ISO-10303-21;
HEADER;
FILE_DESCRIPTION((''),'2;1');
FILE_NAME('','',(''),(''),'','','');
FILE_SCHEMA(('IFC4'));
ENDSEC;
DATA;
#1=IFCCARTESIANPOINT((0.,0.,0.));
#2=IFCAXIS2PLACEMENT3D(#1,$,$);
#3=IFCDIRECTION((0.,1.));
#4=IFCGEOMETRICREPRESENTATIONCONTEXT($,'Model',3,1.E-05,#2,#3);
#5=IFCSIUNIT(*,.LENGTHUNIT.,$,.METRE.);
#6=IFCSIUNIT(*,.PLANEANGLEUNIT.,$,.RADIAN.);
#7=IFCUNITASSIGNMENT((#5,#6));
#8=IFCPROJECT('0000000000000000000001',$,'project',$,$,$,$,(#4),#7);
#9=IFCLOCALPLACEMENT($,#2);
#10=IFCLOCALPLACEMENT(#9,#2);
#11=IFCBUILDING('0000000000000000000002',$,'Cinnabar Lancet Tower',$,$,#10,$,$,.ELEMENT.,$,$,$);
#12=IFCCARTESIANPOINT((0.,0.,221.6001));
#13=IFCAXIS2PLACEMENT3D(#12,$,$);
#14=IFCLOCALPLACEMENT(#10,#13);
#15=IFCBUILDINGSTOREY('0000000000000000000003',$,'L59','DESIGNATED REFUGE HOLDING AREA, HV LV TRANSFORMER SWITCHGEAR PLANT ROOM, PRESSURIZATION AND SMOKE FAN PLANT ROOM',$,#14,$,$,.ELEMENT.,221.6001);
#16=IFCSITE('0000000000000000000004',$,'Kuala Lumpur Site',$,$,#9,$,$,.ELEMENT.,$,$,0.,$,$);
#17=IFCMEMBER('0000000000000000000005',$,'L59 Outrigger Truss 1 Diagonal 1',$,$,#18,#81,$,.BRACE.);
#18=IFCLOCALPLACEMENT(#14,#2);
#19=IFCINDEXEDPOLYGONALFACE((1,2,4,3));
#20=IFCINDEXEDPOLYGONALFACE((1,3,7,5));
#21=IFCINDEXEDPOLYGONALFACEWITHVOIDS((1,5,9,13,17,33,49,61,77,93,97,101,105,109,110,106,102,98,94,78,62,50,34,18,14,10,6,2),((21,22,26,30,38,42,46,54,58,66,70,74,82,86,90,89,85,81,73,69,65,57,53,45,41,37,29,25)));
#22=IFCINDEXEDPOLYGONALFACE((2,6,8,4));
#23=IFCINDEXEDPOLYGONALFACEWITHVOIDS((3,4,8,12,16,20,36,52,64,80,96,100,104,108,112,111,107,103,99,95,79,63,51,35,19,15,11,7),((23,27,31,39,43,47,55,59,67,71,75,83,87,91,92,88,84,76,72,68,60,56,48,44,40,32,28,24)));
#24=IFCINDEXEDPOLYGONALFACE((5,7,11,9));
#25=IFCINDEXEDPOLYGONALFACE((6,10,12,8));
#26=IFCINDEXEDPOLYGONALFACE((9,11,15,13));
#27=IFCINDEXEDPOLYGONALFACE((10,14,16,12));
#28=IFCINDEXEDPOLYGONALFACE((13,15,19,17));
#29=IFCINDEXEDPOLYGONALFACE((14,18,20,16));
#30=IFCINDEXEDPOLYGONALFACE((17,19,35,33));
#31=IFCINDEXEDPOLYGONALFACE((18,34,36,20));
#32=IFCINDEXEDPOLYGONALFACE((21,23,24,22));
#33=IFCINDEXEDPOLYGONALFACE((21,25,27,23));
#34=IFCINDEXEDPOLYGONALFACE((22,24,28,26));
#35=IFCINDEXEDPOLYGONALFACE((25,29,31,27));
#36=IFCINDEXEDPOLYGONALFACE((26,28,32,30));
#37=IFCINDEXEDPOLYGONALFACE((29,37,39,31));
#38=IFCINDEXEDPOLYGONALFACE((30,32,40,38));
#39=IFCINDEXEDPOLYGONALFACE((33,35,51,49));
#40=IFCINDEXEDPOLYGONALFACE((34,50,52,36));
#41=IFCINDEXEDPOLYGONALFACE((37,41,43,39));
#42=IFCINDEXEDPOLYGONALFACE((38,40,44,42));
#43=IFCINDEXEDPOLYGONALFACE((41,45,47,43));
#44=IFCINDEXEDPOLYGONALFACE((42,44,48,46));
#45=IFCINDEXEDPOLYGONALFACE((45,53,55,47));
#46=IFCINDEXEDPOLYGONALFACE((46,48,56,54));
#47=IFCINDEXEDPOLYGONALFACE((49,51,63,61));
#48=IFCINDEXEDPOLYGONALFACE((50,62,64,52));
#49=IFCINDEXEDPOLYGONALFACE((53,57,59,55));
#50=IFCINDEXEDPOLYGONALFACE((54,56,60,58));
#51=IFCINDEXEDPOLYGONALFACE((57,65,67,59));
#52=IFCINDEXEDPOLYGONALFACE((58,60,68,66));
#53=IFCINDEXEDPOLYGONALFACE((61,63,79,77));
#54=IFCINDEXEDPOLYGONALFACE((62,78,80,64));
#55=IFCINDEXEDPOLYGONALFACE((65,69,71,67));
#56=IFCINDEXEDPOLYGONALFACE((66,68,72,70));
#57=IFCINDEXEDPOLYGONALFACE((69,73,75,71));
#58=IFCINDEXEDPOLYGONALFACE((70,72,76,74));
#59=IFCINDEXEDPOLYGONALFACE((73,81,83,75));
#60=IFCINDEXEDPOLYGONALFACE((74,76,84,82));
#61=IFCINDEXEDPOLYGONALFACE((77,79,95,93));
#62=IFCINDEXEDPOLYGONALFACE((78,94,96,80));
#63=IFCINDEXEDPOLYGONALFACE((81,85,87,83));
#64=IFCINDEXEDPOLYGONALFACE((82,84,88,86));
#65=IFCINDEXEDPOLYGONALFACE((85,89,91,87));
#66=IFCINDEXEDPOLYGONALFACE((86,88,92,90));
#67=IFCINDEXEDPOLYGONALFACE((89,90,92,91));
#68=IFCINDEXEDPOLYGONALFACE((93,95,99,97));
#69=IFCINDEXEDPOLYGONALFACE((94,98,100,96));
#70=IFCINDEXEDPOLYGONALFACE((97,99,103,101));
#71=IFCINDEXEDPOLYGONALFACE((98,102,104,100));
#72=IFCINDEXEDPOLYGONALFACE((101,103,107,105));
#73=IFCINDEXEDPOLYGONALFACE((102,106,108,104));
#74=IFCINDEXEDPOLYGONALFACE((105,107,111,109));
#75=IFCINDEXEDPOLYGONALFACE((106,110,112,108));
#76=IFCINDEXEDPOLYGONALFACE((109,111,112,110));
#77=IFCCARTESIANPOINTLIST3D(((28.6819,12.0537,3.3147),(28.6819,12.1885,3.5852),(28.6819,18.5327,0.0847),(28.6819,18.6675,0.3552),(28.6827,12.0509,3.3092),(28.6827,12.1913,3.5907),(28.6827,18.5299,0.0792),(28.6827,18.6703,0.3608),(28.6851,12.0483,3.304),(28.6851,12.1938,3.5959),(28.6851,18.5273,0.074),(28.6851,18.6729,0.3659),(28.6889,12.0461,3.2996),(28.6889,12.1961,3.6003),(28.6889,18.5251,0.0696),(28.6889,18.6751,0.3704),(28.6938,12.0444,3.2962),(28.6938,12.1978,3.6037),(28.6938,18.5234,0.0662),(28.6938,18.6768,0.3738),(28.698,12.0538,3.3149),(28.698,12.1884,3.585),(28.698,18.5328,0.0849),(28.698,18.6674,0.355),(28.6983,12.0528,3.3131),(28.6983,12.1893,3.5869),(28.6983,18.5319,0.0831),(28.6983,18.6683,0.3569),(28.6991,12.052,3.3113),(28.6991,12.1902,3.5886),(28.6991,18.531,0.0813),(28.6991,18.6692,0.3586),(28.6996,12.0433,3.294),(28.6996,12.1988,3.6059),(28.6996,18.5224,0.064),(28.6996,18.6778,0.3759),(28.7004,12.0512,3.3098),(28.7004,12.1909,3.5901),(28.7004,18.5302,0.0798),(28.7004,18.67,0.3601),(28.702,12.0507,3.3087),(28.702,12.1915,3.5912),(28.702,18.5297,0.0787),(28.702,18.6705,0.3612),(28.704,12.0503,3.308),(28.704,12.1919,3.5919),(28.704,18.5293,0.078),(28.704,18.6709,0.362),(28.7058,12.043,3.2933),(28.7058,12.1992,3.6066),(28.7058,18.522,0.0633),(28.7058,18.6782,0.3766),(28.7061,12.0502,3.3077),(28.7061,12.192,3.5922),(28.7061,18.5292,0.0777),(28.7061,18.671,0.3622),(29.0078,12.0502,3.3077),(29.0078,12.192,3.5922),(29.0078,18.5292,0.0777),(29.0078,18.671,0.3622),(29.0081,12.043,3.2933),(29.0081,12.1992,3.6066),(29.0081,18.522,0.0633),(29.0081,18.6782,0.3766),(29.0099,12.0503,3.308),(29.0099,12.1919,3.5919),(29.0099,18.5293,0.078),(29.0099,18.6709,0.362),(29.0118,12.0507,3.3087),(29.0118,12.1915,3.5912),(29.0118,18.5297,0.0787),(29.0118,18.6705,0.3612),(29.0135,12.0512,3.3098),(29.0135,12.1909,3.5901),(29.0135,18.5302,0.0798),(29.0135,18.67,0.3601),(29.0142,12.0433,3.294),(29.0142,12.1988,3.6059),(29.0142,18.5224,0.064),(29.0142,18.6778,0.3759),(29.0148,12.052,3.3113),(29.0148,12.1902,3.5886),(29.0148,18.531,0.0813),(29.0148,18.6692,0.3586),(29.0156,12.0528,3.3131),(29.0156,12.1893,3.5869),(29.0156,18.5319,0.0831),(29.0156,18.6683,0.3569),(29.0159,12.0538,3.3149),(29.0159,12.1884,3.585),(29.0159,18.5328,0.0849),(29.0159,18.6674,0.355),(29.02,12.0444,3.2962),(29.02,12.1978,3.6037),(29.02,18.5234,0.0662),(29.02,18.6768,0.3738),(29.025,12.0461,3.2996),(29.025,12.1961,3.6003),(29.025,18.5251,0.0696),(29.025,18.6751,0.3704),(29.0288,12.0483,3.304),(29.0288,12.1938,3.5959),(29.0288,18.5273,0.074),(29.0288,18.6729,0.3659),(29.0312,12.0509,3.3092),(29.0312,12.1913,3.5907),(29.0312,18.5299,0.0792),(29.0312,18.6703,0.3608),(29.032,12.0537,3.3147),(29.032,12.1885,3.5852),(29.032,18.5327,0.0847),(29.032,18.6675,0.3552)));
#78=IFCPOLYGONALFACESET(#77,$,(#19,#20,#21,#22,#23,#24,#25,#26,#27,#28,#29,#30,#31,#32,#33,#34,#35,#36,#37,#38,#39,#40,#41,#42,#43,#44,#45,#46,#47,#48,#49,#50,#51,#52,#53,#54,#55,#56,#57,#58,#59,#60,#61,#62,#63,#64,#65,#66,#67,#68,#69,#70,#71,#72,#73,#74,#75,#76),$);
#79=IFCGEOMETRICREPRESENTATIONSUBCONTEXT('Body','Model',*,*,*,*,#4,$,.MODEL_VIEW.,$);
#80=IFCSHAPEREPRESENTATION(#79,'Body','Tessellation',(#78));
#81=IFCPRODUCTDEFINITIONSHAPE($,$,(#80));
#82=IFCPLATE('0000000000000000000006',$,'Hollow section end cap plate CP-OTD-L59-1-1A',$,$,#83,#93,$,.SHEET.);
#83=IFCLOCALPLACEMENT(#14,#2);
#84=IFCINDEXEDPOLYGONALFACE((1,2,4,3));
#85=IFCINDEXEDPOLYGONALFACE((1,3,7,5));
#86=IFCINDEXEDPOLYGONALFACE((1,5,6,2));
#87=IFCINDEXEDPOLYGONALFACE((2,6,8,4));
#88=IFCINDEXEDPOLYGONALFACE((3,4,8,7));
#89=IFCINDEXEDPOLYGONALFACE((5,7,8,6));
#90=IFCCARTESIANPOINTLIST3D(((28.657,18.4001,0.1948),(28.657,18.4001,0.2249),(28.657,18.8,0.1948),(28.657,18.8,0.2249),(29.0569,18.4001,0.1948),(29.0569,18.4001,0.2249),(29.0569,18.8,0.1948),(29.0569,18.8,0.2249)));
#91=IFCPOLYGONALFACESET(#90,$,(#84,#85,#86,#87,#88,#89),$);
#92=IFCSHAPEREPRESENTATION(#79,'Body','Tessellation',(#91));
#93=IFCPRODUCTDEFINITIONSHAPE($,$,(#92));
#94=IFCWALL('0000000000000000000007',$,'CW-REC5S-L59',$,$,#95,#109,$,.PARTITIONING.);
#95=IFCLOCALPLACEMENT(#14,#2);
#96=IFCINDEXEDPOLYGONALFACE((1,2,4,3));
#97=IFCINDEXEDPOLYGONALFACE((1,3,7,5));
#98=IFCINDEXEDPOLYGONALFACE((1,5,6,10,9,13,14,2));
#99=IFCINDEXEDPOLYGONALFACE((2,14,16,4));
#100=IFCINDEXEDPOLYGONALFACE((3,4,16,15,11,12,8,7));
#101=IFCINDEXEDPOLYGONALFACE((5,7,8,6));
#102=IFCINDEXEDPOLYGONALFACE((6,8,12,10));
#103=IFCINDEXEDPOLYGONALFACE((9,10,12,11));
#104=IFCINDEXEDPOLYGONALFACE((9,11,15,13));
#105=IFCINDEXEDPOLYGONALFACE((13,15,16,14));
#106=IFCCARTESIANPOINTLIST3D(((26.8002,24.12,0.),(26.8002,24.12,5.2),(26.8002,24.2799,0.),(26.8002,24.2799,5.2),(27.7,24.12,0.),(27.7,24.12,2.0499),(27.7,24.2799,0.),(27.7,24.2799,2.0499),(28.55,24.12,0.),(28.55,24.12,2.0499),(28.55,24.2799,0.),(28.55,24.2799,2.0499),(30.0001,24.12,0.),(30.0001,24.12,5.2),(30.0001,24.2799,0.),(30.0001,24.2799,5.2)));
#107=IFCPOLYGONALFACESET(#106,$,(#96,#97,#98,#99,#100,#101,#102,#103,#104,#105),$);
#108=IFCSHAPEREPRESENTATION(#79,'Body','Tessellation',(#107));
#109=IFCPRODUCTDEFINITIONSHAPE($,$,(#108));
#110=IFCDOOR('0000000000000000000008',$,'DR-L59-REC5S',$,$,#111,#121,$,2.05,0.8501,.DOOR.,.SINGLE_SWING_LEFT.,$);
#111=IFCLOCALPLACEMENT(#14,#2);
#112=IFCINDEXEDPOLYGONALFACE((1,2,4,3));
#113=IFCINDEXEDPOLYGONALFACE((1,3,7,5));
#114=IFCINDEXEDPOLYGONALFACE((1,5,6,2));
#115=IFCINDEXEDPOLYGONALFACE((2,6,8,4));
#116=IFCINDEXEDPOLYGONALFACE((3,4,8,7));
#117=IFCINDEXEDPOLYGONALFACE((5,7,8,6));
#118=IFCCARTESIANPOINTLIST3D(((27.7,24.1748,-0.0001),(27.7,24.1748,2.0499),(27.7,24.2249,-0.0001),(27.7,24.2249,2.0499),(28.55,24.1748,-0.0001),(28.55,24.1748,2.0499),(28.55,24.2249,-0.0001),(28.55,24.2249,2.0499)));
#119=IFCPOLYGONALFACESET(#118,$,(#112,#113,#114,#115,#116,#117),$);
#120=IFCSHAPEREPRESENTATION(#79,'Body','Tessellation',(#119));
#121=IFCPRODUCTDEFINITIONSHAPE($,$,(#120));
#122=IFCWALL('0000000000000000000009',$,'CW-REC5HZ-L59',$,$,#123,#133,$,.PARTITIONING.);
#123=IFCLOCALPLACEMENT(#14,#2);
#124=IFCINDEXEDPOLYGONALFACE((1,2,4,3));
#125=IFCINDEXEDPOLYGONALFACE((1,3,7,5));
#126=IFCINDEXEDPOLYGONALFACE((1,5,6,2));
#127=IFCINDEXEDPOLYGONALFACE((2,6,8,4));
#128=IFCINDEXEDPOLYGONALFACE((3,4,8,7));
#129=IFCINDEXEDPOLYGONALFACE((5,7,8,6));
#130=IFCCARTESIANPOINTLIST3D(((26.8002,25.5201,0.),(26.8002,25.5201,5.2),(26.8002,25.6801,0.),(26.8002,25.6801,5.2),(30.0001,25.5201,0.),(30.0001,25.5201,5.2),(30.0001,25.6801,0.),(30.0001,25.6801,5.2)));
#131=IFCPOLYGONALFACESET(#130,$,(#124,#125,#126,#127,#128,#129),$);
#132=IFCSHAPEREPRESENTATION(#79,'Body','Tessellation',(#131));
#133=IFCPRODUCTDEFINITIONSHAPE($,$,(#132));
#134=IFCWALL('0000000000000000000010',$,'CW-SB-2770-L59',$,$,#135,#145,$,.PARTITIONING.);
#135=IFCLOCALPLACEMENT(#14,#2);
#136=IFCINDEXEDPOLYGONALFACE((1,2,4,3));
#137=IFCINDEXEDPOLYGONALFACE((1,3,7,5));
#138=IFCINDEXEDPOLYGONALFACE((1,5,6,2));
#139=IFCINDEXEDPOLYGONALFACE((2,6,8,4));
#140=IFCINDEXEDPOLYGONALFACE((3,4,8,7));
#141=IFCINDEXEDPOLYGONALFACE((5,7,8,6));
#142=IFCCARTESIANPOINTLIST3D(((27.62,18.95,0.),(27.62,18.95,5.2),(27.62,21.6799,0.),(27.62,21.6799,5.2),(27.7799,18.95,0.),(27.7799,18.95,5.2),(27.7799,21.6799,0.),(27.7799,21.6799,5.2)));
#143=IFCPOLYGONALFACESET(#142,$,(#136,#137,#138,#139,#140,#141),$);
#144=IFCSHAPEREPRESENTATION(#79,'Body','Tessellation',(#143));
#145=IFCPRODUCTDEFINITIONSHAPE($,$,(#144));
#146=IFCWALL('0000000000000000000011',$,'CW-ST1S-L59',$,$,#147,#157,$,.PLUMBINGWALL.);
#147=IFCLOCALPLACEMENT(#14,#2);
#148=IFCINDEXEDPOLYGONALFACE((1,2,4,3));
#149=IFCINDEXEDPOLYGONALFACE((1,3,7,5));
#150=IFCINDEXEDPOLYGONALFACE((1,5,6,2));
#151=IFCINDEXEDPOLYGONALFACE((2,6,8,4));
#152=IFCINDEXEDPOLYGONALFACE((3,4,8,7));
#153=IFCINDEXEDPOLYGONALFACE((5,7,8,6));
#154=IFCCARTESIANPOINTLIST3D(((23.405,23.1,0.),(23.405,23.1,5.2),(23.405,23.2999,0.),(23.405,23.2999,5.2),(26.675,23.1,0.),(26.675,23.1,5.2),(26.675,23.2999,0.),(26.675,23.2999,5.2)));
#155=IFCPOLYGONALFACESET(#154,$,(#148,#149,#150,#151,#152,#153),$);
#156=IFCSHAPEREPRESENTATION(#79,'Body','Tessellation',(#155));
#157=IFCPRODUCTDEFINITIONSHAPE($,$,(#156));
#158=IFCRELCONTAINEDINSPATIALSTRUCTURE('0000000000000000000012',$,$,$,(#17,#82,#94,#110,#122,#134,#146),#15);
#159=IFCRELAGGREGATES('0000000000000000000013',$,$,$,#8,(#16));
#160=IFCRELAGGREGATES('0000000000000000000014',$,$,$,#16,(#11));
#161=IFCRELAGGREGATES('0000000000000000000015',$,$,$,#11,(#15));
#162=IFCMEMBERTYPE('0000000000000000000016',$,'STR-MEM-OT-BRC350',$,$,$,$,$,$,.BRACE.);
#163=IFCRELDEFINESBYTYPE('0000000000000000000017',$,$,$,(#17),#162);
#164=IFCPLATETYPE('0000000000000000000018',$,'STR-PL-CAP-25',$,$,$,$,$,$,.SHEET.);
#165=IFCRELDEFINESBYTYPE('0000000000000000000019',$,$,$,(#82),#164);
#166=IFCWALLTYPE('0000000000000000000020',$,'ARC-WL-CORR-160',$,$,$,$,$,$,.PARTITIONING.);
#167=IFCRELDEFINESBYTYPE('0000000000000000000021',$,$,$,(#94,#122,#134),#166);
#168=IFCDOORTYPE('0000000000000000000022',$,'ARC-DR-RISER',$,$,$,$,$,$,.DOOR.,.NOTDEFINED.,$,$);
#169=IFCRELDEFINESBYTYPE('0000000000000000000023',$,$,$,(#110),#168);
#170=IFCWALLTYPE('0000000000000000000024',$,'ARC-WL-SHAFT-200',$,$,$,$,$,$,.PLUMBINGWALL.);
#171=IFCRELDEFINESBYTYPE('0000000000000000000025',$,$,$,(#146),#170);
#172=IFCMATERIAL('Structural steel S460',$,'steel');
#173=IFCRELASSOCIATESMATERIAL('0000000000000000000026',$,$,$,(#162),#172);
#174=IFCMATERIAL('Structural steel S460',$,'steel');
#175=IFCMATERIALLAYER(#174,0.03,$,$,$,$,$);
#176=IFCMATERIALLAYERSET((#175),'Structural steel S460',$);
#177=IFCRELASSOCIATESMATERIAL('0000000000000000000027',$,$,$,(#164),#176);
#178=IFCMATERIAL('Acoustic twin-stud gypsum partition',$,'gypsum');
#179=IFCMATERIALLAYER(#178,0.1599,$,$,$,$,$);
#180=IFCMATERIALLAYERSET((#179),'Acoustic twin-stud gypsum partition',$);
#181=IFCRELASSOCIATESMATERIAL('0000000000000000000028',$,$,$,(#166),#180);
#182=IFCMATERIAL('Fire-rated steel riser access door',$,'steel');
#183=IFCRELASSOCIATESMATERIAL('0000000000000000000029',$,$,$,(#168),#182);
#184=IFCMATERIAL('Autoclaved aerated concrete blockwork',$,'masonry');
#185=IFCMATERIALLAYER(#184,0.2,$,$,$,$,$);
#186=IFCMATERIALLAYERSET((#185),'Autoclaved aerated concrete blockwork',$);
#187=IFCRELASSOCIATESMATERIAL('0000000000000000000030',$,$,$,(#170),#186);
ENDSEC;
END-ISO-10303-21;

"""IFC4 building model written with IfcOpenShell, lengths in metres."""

from ifc_helpers import new_model, si_unit, direction, frame, frame_2d, origin, origin_2d, place, context, subcontext, project, spatial, rectangle, hollow_rectangle, extrude, material, layer, layer_set, material_profile, profile_set, type_object, element, fill, save


model = new_model("IFC4")

# Units and contexts
model_context = context("Model", 3, precision=1e-05, world=origin(), true_north=direction((0.0, 1.0)))
body_context = subcontext(model_context, "Body", "Model", "MODEL_VIEW")
ifc_project = project(units=[si_unit("LENGTHUNIT", "METRE"), si_unit("PLANEANGLEUNIT", "RADIAN")], contexts=[model_context])

# Site, building, storey
site_placement = place(None, origin())
site = spatial("IfcSite", under=ifc_project, at=site_placement, Name="Kuala Lumpur Site", CompositionType="ELEMENT", RefElevation=0.0)
building_placement = place(site_placement, origin())
building = spatial("IfcBuilding", under=site, at=building_placement, Name="Cinnabar Lancet Tower", CompositionType="ELEMENT")
storey_placement = place(building_placement, frame((0.0, 0.0, 221.6001)))
storey = spatial("IfcBuildingStorey", under=building, at=storey_placement, Name="L59", Description="DESIGNATED REFUGE HOLDING AREA, HV LV TRANSFORMER SWITCHGEAR PLANT ROOM, PRESSURIZATION AND SMOKE FAN PLANT ROOM", CompositionType="ELEMENT", Elevation=221.6001)

# Member
ifc_material_1 = material(Name="Structural steel S460", Category="steel")
ifc_material_profile_1 = material_profile(ifc_material_1, hollow_rectangle(XDim=0.3501, YDim=0.3501, WallThickness=0.0161, InnerFilletRadius=0.0081, OuterFilletRadius=0.0239, at=origin_2d()), Name="SHS 350x350x16")
ifc_profile_set_1 = profile_set([ifc_material_profile_1], Name="Structural steel S460")
member_type = type_object("IfcMemberType", Name="STR-MEM-OT-BRC350", PredefinedType="BRACE", material=ifc_profile_set_1)
member_placement = place(storey_placement, frame((28.8569, 18.6001, 0.22), z_axis=(0.0, -0.894953, 0.446161), x_axis=(1.0, 0.0, 0.0)))
element("IfcMember", 1, at=member_placement, inside=storey, type_object=member_type, Name="L59 Outrigger Truss 1 Diagonal 1", PredefinedType="BRACE", context=body_context, shape_type="SweptSolid", body=[
    extrude(hollow_rectangle(XDim=0.3501, YDim=0.3501, WallThickness=0.0161, InnerFilletRadius=0.0081, OuterFilletRadius=0.0239, at=origin_2d()), origin(), (0.0, 0.0, 1.0), 7.2395),
])

# Plate
ifc_material_2 = material(Name="Structural steel S460", Category="steel")
ifc_layer_1 = layer(ifc_material_2, 0.03)
ifc_layer_set_1 = layer_set([ifc_layer_1], Name="Structural steel S460")
plate_type = type_object("IfcPlateType", Name="STR-PL-CAP-25", PredefinedType="SHEET", material=ifc_layer_set_1)
plate_placement = place(storey_placement, frame((28.8569, 18.6001, 0.1948), z_axis=(0.0, 0.0, 1.0), x_axis=(0.0, 1.0, 0.0)))
element("IfcPlate", 2, at=plate_placement, inside=storey, type_object=plate_type, Name="Hollow section end cap plate CP-OTD-L59-1-1A", PredefinedType="SHEET", context=body_context, shape_type="SweptSolid", body=[
    extrude(rectangle(XDim=0.3999, YDim=0.3999, at=origin_2d()), origin(), (0.0, 0.0, 1.0), 0.03),
])

# Wall, opening, door
ifc_material_3 = material(Name="Acoustic twin-stud gypsum partition", Category="gypsum")
ifc_layer_2 = layer(ifc_material_3, 0.1599)
ifc_layer_set_2 = layer_set([ifc_layer_2], Name="Acoustic twin-stud gypsum partition")
wall_type_1 = type_object("IfcWallType", Name="ARC-WL-CORR-160", PredefinedType="PARTITIONING", material=ifc_layer_set_2)
wall_1_placement = place(storey_placement, frame((26.8, 24.2, 0.0), z_axis=(0.0, 0.0, 1.0), x_axis=(1.0, 0.0, 0.0)))
wall_1 = element("IfcWall", 3, at=wall_1_placement, inside=storey, type_object=wall_type_1, Name="CW-REC5S-L59", PredefinedType="PARTITIONING", context=body_context, shape_type="SweptSolid", body=[
    extrude(rectangle(XDim=3.2, YDim=0.1599, at=frame_2d((1.6001, 0.0))), origin(), (0.0, 0.0, 1.0), 5.2),
])
opening_1_placement = place(wall_1_placement, frame((0.8999, 0.0, 0.0)))
opening_1 = element("IfcOpeningElement", 4, at=opening_1_placement, cuts=wall_1, PredefinedType="OPENING", context=body_context, shape_type="SweptSolid", body=[
    extrude(rectangle(XDim=0.8501, YDim=2.05, at=frame_2d((0.425, 1.0249))), frame((0.0, 0.0898, 0.0), z_axis=(0.0, -1.0, 0.0), x_axis=(1.0, 0.0, 0.0)), (0.0, 0.0, 1.0), 0.1799),
])
ifc_material_4 = material(Name="Fire-rated steel riser access door", Category="steel")
door_type_1 = type_object("IfcDoorType", Name="ARC-DR-RISER", OperationType="NOTDEFINED", PredefinedType="DOOR", material=ifc_material_4)
door_1_placement = place(opening_1_placement, origin())
door_1 = element("IfcDoor", 5, at=door_1_placement, inside=storey, type_object=door_type_1, Name="DR-L59-REC5S", OperationType="SINGLE_SWING_LEFT", OverallHeight=2.05, OverallWidth=0.8501, PredefinedType="DOOR", context=body_context, shape_type="SweptSolid", body=[
    extrude(rectangle(XDim=0.8501, YDim=2.05, at=frame_2d((0.425, 1.0249))), frame((0.0, 0.0249, 0.0), z_axis=(0.0, -1.0, 0.0), x_axis=(1.0, 0.0, 0.0)), (0.0, 0.0, 1.0), 0.05),
])
fill(opening_1, door_1)

# Walls
wall_2_placement = place(storey_placement, frame((26.8, 25.6001, 0.0), z_axis=(0.0, 0.0, 1.0), x_axis=(1.0, 0.0, 0.0)))
element("IfcWall", 6, at=wall_2_placement, inside=storey, type_object=wall_type_1, Name="CW-REC5HZ-L59", PredefinedType="PARTITIONING", context=body_context, shape_type="SweptSolid", body=[
    extrude(rectangle(XDim=3.2, YDim=0.1599, at=frame_2d((1.6001, 0.0))), origin(), (0.0, 0.0, 1.0), 5.2),
])
wall_3_placement = place(storey_placement, frame((27.7, 18.95, 0.0), z_axis=(0.0, 0.0, 1.0), x_axis=(0.0, 1.0, 0.0)))
element("IfcWall", 7, at=wall_3_placement, inside=storey, type_object=wall_type_1, Name="CW-SB-2770-L59", PredefinedType="PARTITIONING", context=body_context, shape_type="SweptSolid", body=[
    extrude(rectangle(XDim=2.73, YDim=0.1599, at=frame_2d((1.365, 0.0))), origin(), (0.0, 0.0, 1.0), 5.2),
])
ifc_material_5 = material(Name="Autoclaved aerated concrete blockwork", Category="masonry")
ifc_layer_3 = layer(ifc_material_5, 0.2)
ifc_layer_set_3 = layer_set([ifc_layer_3], Name="Autoclaved aerated concrete blockwork")
wall_type_2 = type_object("IfcWallType", Name="ARC-WL-SHAFT-200", PredefinedType="PLUMBINGWALL", material=ifc_layer_set_3)
wall_4_placement = place(storey_placement, frame((23.405, 23.2, 0.0), z_axis=(0.0, 0.0, 1.0), x_axis=(1.0, 0.0, 0.0)))
element("IfcWall", 8, at=wall_4_placement, inside=storey, type_object=wall_type_2, Name="CW-ST1S-L59", PredefinedType="PLUMBINGWALL", context=body_context, shape_type="SweptSolid", body=[
    extrude(rectangle(XDim=3.27, YDim=0.2, at=frame_2d((1.635, 0.0))), origin(), (0.0, 0.0, 1.0), 5.2),
])

save(model, "model.ifc")
